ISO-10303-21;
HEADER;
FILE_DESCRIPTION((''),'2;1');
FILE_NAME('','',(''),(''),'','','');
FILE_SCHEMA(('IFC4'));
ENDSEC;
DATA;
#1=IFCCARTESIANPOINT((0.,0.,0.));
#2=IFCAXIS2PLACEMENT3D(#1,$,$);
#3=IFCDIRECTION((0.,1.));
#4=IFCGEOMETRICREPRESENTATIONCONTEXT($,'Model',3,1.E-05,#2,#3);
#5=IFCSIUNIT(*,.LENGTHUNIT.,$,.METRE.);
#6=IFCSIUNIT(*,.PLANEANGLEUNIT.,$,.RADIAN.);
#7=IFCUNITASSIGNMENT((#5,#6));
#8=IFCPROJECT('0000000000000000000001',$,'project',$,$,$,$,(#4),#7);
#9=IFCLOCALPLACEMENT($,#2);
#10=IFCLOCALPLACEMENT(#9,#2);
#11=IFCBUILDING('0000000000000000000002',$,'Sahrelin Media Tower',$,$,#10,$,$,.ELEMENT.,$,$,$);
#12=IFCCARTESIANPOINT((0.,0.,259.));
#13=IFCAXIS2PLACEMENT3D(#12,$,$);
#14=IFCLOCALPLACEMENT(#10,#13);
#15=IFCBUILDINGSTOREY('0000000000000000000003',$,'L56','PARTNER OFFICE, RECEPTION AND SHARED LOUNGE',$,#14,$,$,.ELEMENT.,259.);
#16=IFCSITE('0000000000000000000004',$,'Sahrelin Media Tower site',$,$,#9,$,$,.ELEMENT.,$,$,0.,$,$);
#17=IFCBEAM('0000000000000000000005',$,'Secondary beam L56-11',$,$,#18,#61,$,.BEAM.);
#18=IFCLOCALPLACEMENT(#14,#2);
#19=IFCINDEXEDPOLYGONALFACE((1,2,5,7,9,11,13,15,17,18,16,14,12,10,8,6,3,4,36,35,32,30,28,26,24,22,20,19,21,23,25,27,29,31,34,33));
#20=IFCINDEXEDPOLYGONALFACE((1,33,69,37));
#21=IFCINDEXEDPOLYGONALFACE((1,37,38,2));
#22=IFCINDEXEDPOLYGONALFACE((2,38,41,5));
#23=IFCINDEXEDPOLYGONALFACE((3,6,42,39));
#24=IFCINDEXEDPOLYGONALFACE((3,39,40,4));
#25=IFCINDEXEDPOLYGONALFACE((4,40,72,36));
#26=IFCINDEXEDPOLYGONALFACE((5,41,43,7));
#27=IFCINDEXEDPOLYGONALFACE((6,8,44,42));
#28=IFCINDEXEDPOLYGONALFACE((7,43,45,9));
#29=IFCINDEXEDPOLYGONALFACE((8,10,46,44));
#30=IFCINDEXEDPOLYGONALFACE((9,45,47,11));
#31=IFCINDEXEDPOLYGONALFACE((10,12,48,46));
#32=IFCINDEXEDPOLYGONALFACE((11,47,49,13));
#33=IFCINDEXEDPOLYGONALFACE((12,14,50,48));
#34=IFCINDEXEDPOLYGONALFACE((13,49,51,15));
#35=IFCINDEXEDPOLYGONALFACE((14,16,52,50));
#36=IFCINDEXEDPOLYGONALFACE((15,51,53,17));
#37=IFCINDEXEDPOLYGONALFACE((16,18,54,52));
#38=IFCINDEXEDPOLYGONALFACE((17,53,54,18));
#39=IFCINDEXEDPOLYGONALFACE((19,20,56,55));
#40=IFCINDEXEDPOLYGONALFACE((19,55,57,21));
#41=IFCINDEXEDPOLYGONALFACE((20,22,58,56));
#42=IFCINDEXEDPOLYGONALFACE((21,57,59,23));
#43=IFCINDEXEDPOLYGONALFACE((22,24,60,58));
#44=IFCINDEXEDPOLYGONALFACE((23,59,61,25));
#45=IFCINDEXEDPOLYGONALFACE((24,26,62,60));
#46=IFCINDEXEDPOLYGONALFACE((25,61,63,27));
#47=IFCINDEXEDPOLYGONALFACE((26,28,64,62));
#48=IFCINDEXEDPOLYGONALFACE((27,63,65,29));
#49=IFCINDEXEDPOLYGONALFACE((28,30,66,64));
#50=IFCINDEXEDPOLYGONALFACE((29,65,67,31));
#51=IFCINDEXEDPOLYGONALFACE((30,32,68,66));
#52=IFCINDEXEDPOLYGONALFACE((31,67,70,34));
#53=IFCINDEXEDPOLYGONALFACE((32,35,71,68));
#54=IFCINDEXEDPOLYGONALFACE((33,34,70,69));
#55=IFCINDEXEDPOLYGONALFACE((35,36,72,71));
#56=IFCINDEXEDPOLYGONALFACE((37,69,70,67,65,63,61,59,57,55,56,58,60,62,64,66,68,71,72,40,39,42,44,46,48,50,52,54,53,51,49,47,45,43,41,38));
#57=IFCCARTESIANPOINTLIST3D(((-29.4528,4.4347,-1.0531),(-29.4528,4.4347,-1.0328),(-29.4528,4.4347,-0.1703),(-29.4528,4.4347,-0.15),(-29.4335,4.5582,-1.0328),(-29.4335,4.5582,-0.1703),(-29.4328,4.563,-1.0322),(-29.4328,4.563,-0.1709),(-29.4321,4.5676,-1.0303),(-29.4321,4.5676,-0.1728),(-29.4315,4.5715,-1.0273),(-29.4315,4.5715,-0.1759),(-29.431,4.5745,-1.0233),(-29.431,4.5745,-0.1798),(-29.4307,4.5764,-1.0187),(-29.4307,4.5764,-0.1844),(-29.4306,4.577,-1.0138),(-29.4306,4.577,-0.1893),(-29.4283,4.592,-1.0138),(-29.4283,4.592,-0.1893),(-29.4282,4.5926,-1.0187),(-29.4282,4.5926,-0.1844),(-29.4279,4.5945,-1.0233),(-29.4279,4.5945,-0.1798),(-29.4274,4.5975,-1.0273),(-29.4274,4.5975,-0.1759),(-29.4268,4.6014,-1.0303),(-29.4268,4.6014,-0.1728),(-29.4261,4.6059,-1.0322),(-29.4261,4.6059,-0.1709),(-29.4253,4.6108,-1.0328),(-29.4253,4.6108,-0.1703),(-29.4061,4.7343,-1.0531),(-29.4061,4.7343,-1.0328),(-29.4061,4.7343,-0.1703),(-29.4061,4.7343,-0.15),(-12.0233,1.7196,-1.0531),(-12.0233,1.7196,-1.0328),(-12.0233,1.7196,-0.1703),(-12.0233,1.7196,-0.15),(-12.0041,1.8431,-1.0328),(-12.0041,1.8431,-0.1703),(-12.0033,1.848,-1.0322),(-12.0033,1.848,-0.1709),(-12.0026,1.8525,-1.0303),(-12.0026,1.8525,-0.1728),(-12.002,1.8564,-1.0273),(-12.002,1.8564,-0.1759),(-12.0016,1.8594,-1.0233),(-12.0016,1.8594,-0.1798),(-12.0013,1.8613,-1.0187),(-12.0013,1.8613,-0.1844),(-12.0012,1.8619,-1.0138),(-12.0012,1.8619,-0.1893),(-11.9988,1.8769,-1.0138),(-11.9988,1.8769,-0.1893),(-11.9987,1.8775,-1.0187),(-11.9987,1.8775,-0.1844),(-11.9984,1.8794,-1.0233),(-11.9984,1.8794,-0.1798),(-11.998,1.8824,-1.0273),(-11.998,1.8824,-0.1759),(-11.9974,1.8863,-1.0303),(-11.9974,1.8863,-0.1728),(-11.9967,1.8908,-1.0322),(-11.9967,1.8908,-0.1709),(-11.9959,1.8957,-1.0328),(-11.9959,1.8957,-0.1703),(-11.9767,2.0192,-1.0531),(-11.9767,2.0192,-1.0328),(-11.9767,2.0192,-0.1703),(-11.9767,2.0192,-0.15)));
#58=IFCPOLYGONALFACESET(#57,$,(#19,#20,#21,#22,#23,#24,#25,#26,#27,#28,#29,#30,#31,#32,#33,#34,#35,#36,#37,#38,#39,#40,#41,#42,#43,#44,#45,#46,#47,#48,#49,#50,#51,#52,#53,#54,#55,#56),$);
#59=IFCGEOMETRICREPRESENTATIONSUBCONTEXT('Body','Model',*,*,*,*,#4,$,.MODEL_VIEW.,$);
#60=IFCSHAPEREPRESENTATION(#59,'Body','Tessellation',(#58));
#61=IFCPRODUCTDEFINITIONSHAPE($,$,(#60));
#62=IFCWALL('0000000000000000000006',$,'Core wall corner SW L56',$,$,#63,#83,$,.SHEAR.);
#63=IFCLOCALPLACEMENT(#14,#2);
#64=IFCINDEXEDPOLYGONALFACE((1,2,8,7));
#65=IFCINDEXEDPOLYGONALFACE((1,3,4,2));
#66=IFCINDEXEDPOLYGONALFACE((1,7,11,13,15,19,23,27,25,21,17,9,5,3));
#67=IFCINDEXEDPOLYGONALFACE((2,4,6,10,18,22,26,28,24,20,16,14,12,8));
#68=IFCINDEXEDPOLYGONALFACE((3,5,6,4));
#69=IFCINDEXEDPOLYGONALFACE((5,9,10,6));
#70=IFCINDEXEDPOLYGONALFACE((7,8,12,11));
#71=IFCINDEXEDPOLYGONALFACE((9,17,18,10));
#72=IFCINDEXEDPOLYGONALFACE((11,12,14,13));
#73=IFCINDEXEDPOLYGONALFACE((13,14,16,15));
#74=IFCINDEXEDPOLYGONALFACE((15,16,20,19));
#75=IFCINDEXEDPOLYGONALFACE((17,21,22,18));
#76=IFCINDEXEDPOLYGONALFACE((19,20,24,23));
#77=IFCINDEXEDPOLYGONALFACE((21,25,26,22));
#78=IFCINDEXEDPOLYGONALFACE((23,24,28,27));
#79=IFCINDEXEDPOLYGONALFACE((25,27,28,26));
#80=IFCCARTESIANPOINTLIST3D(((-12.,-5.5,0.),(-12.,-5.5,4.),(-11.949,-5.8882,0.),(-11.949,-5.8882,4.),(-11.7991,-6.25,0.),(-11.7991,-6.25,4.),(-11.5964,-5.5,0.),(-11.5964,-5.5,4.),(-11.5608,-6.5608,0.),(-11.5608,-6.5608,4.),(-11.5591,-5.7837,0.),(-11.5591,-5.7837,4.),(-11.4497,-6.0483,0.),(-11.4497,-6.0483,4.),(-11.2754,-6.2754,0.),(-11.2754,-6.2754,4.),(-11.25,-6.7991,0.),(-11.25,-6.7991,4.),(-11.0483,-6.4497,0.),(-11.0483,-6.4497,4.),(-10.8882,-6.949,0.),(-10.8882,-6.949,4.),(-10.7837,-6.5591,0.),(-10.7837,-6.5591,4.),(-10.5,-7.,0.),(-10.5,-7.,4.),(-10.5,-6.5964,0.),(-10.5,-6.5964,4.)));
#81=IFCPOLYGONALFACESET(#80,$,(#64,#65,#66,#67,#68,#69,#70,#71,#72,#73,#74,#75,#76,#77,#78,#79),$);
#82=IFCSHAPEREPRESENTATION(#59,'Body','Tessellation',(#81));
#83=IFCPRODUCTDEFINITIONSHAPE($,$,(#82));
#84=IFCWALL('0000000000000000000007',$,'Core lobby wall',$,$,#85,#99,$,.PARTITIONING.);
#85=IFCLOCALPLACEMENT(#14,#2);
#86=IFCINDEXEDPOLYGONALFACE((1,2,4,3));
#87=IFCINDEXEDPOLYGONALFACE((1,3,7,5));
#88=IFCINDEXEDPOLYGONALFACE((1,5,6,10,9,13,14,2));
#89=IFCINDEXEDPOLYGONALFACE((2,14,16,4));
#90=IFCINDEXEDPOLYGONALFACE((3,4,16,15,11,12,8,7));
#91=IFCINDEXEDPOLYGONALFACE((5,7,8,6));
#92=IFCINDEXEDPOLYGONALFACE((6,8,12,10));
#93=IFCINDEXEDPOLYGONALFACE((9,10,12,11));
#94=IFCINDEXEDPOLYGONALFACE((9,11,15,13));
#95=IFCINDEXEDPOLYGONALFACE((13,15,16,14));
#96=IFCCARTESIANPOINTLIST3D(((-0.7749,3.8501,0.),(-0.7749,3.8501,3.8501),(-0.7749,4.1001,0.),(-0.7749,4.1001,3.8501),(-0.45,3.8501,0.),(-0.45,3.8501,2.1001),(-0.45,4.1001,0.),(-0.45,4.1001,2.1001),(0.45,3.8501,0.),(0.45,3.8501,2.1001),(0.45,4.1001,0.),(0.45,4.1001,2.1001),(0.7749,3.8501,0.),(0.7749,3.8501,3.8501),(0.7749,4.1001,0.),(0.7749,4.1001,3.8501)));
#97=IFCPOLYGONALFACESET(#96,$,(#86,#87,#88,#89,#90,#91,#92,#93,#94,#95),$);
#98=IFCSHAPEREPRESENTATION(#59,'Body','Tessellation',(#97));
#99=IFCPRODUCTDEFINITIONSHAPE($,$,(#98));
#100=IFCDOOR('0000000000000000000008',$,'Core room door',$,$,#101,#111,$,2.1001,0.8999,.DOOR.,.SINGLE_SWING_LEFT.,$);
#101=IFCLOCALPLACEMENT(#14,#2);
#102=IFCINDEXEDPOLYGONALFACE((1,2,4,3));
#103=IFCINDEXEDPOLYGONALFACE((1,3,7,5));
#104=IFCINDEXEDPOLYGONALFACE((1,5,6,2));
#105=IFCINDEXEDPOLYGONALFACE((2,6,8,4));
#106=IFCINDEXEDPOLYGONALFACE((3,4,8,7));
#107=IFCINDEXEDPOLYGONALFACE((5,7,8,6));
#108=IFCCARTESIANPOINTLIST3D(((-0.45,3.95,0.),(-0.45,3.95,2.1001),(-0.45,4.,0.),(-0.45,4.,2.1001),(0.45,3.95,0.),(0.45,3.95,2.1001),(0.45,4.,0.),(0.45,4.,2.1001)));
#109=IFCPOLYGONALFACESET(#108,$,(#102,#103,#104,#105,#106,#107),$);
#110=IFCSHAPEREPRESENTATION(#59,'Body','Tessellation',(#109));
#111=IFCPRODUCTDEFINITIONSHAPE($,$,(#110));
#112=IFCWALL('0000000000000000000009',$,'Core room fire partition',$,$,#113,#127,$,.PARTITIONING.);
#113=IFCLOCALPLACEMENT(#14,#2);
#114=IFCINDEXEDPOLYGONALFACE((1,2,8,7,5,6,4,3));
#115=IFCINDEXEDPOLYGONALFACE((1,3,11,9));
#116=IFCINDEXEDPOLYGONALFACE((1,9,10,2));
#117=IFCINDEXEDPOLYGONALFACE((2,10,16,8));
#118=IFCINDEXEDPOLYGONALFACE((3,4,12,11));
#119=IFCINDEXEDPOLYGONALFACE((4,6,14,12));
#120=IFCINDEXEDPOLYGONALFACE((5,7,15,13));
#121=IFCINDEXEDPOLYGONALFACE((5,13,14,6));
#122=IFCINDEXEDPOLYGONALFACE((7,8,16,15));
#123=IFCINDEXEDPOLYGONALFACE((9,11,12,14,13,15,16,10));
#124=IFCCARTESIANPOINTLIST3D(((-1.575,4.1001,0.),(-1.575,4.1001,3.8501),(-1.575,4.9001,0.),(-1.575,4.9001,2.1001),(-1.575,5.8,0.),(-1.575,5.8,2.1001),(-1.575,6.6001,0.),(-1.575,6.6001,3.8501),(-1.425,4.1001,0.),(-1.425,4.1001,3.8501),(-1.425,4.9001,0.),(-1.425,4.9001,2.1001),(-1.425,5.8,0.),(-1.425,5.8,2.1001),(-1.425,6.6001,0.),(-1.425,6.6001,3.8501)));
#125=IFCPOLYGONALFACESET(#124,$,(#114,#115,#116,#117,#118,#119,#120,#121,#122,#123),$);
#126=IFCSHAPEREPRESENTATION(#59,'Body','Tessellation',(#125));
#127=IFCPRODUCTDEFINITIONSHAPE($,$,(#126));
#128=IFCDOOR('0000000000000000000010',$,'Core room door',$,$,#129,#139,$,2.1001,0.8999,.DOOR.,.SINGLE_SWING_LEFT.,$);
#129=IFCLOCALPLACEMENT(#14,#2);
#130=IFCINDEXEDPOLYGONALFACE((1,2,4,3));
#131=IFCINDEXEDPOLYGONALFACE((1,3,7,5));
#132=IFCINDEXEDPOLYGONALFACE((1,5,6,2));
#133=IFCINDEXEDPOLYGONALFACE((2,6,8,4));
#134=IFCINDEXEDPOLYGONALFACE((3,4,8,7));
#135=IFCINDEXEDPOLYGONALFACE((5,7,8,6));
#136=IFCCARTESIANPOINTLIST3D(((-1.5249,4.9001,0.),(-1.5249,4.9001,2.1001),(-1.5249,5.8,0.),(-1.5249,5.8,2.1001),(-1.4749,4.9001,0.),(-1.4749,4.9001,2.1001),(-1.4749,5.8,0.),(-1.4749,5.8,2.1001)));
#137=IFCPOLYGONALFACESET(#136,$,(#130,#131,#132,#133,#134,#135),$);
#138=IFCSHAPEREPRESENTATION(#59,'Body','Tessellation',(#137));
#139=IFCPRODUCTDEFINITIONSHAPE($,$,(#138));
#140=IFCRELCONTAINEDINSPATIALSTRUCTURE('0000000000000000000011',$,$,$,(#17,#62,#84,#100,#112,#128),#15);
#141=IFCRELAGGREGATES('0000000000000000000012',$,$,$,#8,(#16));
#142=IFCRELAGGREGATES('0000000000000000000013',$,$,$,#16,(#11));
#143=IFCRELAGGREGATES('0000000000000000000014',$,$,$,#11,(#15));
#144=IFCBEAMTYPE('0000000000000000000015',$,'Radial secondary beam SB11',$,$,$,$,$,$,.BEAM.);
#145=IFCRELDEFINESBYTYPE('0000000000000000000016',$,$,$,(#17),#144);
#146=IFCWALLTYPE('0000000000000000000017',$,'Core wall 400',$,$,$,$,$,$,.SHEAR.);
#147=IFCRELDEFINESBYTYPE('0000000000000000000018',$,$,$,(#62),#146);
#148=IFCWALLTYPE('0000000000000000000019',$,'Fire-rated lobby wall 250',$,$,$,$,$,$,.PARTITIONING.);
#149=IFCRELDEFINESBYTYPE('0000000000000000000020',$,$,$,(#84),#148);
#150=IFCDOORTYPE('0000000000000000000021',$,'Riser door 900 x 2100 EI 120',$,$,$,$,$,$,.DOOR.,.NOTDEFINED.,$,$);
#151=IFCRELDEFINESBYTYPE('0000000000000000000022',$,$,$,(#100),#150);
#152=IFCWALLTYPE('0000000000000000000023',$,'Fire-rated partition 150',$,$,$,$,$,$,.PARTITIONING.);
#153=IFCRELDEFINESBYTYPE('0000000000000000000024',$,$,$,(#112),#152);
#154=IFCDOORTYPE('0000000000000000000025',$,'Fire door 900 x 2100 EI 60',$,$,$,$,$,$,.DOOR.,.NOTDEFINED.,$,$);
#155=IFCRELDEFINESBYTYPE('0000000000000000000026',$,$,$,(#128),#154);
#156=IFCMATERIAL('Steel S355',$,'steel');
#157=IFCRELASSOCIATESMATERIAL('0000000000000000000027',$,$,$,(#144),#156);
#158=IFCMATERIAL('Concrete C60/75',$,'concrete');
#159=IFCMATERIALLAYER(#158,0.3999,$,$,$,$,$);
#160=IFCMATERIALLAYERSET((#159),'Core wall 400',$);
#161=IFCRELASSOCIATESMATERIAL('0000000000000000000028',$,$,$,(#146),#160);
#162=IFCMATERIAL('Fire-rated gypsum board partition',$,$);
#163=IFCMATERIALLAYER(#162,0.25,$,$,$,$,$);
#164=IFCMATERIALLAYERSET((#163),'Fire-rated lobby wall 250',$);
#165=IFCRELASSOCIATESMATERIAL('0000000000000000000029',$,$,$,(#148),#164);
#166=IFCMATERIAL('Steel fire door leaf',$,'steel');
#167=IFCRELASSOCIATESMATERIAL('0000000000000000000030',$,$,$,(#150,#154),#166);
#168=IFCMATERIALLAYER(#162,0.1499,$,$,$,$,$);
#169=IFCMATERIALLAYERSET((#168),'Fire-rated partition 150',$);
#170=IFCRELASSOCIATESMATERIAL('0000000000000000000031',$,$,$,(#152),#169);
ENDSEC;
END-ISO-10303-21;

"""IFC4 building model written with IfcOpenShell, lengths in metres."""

from ifc_helpers import new_model, si_unit, direction, frame, frame_2d, origin, origin_2d, place, context, subcontext, project, spatial, polyline, rectangle, i_section, outline, extrude, material, layer, layer_set, material_profile, profile_set, type_object, element, fill, save


model = new_model("IFC4")

# Units and contexts
model_context = context("Model", 3, precision=1e-05, world=origin(), true_north=direction((0.0, 1.0)))
body_context = subcontext(model_context, "Body", "Model", "MODEL_VIEW")
ifc_project = project(units=[si_unit("LENGTHUNIT", "METRE"), si_unit("PLANEANGLEUNIT", "RADIAN")], contexts=[model_context])

# Site, building, storey
site_placement = place(None, origin())
site = spatial("IfcSite", under=ifc_project, at=site_placement, Name="Sahrelin Media Tower site", CompositionType="ELEMENT", RefElevation=0.0)
building_placement = place(site_placement, origin())
building = spatial("IfcBuilding", under=site, at=building_placement, Name="Sahrelin Media Tower", CompositionType="ELEMENT")
storey_placement = place(building_placement, frame((0.0, 0.0, 259.0)))
storey = spatial("IfcBuildingStorey", under=building, at=storey_placement, Name="L56", Description="PARTNER OFFICE, RECEPTION AND SHARED LOUNGE", CompositionType="ELEMENT", Elevation=259.0)

# Beam
ifc_material_1 = material(Name="Steel S355", Category="steel")
ifc_material_profile_1 = material_profile(ifc_material_1, i_section(OverallWidth=0.3032, OverallDepth=0.9031, WebThickness=0.0151, FlangeThickness=0.0203, FilletRadius=0.019, at=origin_2d()), Name="UB 914x305x201")
ifc_profile_set_1 = profile_set([ifc_material_profile_1], Name="Steel S355")
beam_type_1 = type_object("IfcBeamType", Name="Radial secondary beam SB11", PredefinedType="BEAM", material=ifc_profile_set_1)
beam_1_placement = place(storey_placement, frame((-12.0, 1.8694, -0.6016), z_axis=(-0.988083, 0.15392, 0.0), x_axis=(-0.15392, -0.988083, 0.0)))
element("IfcBeam", 1, at=beam_1_placement, inside=storey, type_object=beam_type_1, Name="Secondary beam L56-11", PredefinedType="BEAM", context=body_context, shape_type="SweptSolid", body=[
    extrude(i_section(OverallWidth=0.3032, OverallDepth=0.9031, WebThickness=0.0151, FlangeThickness=0.0203, FilletRadius=0.019, at=origin_2d()), origin(), (0.0, 0.0, 1.0), 17.6396),
])

# Wall
ifc_material_2 = material(Name="Concrete C60/75", Category="concrete")
ifc_layer_1 = layer(ifc_material_2, 0.3999)
ifc_layer_set_1 = layer_set([ifc_layer_1], Name="Core wall 400")
wall_type_1 = type_object("IfcWallType", Name="Core wall 400", PredefinedType="SHEAR", material=ifc_layer_set_1)
wall_1_placement = place(storey_placement, origin())
element("IfcWall", 2, at=wall_1_placement, inside=storey, type_object=wall_type_1, Name="Core wall corner SW L56", PredefinedType="SHEAR", context=body_context, shape_type="SweptSolid", body=[
    extrude(outline(polyline([(-10.5, -7.0), (-10.5, -6.5964), (-10.7837, -6.5591), (-11.0483, -6.4497), (-11.2754, -6.2754), (-11.4497, -6.0483), (-11.5591, -5.7837), (-11.5964, -5.5), (-12.0, -5.5), (-11.949, -5.8882), (-11.7991, -6.25), (-11.5608, -6.5608), (-11.25, -6.7991), (-10.8882, -6.949), (-10.5, -7.0)])), origin(), (0.0, 0.0, 1.0), 4.0),
])

# Walls, openings, doors
ifc_material_3 = material(Name="Fire-rated gypsum board partition")
ifc_layer_2 = layer(ifc_material_3, 0.25)
ifc_layer_set_2 = layer_set([ifc_layer_2], Name="Fire-rated lobby wall 250")
wall_type_2 = type_object("IfcWallType", Name="Fire-rated lobby wall 250", PredefinedType="PARTITIONING", material=ifc_layer_set_2)
wall_2_placement = place(storey_placement, frame((-0.7749, 3.9751, 0.0), z_axis=(0.0, 0.0, 1.0), x_axis=(1.0, 0.0, 0.0)))
wall_2 = element("IfcWall", 3, at=wall_2_placement, inside=storey, type_object=wall_type_2, Name="Core lobby wall", PredefinedType="PARTITIONING", context=body_context, shape_type="SweptSolid", body=[
    extrude(rectangle(XDim=1.5498, YDim=0.25, at=frame_2d((0.7749, 0.0))), origin(), (0.0, 0.0, 1.0), 3.8501),
])
opening_1_placement = place(wall_2_placement, frame((0.325, 0.0, 0.0)))
opening_1 = element("IfcOpeningElement", 4, at=opening_1_placement, cuts=wall_2, PredefinedType="OPENING", context=body_context, shape_type="SweptSolid", body=[
    extrude(rectangle(XDim=0.8999, YDim=2.1001, at=frame_2d((0.45, 1.05))), frame((0.0, 0.125, 0.0), z_axis=(0.0, -1.0, 0.0), x_axis=(1.0, 0.0, 0.0)), (0.0, 0.0, 1.0), 0.25),
])
ifc_material_4 = material(Name="Steel fire door leaf", Category="steel")
door_type_1 = type_object("IfcDoorType", Name="Riser door 900 x 2100 EI 120", OperationType="NOTDEFINED", PredefinedType="DOOR", material=ifc_material_4)
door_1_placement = place(opening_1_placement, origin())
door_1 = element("IfcDoor", 5, at=door_1_placement, inside=storey, type_object=door_type_1, Name="Core room door", OperationType="SINGLE_SWING_LEFT", OverallHeight=2.1001, OverallWidth=0.8999, PredefinedType="DOOR", context=body_context, shape_type="SweptSolid", body=[
    extrude(rectangle(XDim=0.8999, YDim=2.1001, at=frame_2d((0.45, 1.05))), frame((0.0, 0.0249, 0.0), z_axis=(0.0, -1.0, 0.0), x_axis=(1.0, 0.0, 0.0)), (0.0, 0.0, 1.0), 0.05),
])
fill(opening_1, door_1)
ifc_layer_3 = layer(ifc_material_3, 0.1499)
ifc_layer_set_3 = layer_set([ifc_layer_3], Name="Fire-rated partition 150")
wall_type_3 = type_object("IfcWallType", Name="Fire-rated partition 150", PredefinedType="PARTITIONING", material=ifc_layer_set_3)
wall_3_placement = place(storey_placement, frame((-1.5, 4.1001, 0.0), z_axis=(0.0, 0.0, 1.0), x_axis=(0.0, 1.0, 0.0)))
wall_3 = element("IfcWall", 6, at=wall_3_placement, inside=storey, type_object=wall_type_3, Name="Core room fire partition", PredefinedType="PARTITIONING", context=body_context, shape_type="SweptSolid", body=[
    extrude(rectangle(XDim=2.5, YDim=0.1499, at=frame_2d((1.25, 0.0))), origin(), (0.0, 0.0, 1.0), 3.8501),
])
opening_2_placement = place(wall_3_placement, frame((0.8, 0.0, 0.0)))
opening_2 = element("IfcOpeningElement", 7, at=opening_2_placement, cuts=wall_3, PredefinedType="OPENING", context=body_context, shape_type="SweptSolid", body=[
    extrude(rectangle(XDim=0.8999, YDim=2.1001, at=frame_2d((0.45, 1.05))), frame((0.0, 0.075, 0.0), z_axis=(0.0, -1.0, 0.0), x_axis=(1.0, 0.0, 0.0)), (0.0, 0.0, 1.0), 0.1499),
])
door_type_2 = type_object("IfcDoorType", Name="Fire door 900 x 2100 EI 60", OperationType="NOTDEFINED", PredefinedType="DOOR", material=ifc_material_4)
door_2_placement = place(opening_2_placement, origin())
door_2 = element("IfcDoor", 8, at=door_2_placement, inside=storey, type_object=door_type_2, Name="Core room door", OperationType="SINGLE_SWING_LEFT", OverallHeight=2.1001, OverallWidth=0.8999, PredefinedType="DOOR", context=body_context, shape_type="SweptSolid", body=[
    extrude(rectangle(XDim=0.8999, YDim=2.1001, at=frame_2d((0.45, 1.05))), frame((0.0, 0.0249, 0.0), z_axis=(0.0, -1.0, 0.0), x_axis=(1.0, 0.0, 0.0)), (0.0, 0.0, 1.0), 0.05),
])
fill(opening_2, door_2)

save(model, "model.ifc")
